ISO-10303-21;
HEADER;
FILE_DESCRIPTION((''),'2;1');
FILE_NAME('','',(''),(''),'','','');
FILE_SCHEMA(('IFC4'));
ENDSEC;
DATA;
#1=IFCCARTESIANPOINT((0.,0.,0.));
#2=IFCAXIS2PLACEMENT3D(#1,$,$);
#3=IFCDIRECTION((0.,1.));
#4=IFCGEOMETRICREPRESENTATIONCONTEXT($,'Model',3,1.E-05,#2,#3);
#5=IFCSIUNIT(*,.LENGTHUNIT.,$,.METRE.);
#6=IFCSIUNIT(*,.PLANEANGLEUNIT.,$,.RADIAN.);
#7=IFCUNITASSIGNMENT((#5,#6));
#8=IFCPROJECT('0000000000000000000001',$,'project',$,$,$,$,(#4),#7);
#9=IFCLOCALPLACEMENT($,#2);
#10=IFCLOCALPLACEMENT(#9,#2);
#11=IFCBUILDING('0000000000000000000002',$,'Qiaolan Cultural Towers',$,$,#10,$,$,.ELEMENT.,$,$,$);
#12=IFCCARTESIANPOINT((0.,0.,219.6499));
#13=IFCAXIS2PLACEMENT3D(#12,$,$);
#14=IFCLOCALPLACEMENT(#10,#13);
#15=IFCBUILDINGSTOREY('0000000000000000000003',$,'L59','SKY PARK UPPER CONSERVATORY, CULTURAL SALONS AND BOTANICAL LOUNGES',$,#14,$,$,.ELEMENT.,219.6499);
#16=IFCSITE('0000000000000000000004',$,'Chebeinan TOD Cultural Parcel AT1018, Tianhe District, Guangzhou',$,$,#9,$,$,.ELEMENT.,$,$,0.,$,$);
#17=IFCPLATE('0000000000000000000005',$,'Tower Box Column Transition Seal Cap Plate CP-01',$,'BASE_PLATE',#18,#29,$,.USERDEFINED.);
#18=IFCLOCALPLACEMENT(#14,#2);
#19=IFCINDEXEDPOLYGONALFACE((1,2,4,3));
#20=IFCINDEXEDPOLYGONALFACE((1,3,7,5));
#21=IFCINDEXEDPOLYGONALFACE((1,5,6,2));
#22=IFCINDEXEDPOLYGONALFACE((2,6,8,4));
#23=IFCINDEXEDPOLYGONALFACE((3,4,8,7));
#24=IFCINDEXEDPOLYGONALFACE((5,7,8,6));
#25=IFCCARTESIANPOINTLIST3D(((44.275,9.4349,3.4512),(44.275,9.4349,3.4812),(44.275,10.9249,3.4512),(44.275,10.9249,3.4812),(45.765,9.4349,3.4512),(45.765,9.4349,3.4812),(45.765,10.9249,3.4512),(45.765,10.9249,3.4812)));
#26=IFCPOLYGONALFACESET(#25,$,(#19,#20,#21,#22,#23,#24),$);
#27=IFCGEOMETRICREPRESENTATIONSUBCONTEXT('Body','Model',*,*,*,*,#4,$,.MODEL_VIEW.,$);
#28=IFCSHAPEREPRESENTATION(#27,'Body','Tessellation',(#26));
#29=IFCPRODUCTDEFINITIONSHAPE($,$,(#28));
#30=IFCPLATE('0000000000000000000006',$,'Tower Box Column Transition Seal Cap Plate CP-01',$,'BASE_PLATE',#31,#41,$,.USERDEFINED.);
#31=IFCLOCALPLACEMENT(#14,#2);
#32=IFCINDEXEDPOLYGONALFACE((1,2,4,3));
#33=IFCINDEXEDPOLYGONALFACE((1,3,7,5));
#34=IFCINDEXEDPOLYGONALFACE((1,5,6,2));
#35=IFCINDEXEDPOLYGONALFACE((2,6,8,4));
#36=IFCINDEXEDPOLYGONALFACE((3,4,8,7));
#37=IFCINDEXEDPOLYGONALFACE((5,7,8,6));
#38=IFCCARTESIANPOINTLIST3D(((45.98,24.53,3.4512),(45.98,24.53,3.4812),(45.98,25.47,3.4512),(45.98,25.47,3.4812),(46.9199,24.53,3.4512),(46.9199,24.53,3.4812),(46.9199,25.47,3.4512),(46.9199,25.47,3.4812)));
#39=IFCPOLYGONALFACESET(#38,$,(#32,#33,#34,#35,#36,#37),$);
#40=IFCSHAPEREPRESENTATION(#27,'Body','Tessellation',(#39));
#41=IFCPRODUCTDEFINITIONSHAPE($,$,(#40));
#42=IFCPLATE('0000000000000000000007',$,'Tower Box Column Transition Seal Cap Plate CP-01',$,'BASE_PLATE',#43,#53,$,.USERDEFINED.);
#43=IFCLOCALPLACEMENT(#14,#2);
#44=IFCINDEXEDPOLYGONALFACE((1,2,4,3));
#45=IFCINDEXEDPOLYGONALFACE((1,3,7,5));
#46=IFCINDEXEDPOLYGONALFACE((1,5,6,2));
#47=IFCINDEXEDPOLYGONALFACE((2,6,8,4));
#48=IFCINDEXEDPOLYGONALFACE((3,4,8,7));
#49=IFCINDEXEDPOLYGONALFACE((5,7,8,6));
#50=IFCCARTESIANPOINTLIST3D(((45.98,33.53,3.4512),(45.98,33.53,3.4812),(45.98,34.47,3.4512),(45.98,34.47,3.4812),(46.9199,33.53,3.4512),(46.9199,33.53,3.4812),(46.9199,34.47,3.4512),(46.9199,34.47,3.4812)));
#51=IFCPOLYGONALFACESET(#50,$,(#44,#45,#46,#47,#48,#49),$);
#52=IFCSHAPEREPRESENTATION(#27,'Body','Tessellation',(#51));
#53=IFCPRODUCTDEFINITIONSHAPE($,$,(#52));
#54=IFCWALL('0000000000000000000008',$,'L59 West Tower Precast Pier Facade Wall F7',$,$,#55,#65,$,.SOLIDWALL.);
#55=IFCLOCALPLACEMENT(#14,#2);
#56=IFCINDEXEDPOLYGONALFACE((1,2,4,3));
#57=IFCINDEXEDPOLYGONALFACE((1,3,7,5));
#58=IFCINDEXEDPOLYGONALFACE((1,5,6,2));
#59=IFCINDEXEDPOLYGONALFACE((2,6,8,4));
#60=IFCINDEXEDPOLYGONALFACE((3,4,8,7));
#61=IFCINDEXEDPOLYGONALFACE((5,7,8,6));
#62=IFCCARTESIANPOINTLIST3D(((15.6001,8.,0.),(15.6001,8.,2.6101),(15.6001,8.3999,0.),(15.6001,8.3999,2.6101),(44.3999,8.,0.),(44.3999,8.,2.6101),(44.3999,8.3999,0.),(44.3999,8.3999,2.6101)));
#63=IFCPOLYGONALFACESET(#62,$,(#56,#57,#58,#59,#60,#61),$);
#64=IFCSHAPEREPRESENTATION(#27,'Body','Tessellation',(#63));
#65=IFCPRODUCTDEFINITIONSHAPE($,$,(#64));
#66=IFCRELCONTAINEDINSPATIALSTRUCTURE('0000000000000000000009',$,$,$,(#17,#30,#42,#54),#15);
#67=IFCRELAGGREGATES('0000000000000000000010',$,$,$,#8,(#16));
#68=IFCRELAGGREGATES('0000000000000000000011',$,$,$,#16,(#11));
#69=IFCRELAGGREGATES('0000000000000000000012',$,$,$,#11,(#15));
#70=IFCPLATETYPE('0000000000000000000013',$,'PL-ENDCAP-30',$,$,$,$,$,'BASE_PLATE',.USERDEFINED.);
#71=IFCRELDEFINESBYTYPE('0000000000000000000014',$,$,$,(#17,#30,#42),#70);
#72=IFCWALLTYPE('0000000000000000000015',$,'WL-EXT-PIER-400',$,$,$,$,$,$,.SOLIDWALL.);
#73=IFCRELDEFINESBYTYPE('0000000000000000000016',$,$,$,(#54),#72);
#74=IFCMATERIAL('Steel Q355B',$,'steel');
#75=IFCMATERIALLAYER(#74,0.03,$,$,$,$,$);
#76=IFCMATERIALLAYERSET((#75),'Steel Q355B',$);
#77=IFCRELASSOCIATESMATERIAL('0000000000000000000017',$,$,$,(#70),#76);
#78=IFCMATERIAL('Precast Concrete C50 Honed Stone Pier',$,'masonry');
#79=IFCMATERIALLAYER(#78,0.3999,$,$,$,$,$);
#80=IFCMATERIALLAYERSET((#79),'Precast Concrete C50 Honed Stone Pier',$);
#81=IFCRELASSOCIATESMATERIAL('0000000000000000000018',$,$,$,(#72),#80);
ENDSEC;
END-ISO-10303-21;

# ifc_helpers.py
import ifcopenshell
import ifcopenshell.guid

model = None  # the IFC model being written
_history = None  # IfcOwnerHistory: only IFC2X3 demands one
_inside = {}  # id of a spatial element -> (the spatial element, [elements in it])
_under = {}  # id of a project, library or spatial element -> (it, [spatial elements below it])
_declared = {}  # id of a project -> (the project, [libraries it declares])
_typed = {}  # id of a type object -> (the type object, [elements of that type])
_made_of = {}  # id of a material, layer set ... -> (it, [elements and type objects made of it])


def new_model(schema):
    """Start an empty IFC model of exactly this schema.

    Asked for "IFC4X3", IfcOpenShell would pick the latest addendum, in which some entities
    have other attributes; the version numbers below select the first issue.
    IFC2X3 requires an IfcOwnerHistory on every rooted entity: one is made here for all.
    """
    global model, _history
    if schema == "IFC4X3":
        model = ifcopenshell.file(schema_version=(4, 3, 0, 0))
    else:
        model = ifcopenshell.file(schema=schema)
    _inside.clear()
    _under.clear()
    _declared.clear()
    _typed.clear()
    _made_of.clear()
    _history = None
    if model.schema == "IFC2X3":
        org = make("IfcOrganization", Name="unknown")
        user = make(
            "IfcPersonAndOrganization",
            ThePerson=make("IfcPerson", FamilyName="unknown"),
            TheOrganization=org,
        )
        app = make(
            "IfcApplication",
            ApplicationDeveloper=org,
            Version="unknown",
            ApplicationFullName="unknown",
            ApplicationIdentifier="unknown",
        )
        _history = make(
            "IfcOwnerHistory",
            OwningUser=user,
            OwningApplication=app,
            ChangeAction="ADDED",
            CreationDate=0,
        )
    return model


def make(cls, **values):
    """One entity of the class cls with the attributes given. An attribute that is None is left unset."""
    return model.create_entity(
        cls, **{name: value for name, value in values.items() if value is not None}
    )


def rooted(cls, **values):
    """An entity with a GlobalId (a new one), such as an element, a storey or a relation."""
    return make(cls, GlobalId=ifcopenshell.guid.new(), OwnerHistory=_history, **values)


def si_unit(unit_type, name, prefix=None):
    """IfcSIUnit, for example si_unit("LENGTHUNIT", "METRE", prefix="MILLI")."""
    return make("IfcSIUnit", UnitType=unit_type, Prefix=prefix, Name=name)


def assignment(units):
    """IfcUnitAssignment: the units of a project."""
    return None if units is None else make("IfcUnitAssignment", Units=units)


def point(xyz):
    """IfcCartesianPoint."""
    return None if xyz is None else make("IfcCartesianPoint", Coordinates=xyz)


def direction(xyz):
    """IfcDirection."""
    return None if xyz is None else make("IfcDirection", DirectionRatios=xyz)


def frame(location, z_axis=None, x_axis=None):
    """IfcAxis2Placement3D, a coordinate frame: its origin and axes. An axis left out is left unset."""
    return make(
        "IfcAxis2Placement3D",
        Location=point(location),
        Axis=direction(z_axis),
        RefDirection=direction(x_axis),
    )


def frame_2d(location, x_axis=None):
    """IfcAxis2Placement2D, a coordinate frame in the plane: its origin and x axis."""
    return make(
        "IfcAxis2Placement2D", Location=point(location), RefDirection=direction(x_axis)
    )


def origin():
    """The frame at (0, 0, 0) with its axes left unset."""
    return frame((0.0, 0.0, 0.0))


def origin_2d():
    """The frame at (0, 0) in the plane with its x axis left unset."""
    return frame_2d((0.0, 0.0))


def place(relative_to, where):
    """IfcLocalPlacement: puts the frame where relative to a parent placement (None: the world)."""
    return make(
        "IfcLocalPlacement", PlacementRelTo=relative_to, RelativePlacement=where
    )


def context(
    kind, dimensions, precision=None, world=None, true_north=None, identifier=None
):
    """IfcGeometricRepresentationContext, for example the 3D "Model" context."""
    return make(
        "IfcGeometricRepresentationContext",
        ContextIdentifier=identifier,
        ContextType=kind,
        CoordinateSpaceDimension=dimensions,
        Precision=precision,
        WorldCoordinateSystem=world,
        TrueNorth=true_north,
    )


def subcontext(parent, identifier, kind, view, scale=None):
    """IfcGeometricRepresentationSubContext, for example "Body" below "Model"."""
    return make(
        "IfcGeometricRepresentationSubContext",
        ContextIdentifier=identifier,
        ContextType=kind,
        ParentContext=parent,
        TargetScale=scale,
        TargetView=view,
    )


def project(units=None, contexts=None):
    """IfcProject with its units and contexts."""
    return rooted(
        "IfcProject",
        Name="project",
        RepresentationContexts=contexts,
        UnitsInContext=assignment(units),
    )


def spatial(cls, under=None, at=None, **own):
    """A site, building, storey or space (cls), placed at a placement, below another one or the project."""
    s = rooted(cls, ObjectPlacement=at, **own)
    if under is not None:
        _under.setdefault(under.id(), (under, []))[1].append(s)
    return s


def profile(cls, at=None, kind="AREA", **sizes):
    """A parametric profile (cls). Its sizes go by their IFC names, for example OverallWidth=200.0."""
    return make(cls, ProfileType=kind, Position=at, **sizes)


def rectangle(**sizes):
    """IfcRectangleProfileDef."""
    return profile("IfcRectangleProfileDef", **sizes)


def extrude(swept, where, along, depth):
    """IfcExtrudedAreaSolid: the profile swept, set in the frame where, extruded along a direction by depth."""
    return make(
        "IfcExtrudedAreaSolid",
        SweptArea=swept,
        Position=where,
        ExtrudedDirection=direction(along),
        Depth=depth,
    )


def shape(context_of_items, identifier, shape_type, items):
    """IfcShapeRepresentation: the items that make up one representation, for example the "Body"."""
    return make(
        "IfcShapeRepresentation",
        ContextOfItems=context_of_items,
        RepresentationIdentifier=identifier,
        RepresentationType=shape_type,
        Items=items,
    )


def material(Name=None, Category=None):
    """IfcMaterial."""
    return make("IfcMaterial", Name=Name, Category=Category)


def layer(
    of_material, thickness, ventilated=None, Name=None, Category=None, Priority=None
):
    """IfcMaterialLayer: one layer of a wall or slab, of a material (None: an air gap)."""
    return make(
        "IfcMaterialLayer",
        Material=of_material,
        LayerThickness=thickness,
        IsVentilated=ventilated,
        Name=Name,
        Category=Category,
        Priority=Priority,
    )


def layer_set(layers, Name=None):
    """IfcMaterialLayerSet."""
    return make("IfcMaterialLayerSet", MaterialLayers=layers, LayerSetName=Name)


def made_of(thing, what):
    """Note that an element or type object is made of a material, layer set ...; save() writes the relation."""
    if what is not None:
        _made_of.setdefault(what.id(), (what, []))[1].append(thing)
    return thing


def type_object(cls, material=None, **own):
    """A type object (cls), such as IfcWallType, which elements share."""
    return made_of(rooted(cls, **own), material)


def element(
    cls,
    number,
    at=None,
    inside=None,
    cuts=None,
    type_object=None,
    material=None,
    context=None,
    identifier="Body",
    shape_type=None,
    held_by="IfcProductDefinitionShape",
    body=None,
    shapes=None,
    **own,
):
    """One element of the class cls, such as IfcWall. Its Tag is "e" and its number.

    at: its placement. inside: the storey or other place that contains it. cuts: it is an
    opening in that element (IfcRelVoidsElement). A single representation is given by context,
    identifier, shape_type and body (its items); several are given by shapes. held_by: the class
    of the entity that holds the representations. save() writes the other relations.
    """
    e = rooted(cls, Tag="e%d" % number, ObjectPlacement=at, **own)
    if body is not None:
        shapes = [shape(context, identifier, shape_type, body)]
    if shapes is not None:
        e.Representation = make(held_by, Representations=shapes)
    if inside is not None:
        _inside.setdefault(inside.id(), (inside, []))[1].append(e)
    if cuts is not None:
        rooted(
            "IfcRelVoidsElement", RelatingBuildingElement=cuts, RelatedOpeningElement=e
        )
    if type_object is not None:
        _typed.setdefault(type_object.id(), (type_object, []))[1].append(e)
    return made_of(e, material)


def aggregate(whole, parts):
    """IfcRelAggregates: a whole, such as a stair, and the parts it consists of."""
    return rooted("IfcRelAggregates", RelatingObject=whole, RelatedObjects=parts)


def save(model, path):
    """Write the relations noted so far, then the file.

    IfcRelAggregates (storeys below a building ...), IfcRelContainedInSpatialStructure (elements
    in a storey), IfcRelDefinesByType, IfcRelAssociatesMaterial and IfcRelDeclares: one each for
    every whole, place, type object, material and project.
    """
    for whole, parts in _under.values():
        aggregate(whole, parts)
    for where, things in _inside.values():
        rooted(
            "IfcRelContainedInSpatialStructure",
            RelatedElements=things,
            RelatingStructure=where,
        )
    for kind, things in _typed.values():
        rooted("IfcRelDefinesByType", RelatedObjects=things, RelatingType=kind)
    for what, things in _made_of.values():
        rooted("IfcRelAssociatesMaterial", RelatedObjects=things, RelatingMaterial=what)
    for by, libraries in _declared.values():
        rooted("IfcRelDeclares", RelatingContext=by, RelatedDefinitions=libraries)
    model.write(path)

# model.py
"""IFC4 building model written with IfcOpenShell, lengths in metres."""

from ifc_helpers import new_model, si_unit, direction, frame, frame_2d, origin, origin_2d, place, context, subcontext, project, spatial, rectangle, extrude, material, layer, layer_set, type_object, element, save


model = new_model("IFC4")

# Units and contexts
model_context = context("Model", 3, precision=1e-05, world=origin(), true_north=direction((0.0, 1.0)))
body_context = subcontext(model_context, "Body", "Model", "MODEL_VIEW")
ifc_project = project(units=[si_unit("LENGTHUNIT", "METRE"), si_unit("PLANEANGLEUNIT", "RADIAN")], contexts=[model_context])

# Site, building, storey
site_placement = place(None, origin())
site = spatial("IfcSite", under=ifc_project, at=site_placement, Name="Chebeinan TOD Cultural Parcel AT1018, Tianhe District, Guangzhou", CompositionType="ELEMENT", RefElevation=0.0)
building_placement = place(site_placement, origin())
building = spatial("IfcBuilding", under=site, at=building_placement, Name="Qiaolan Cultural Towers", CompositionType="ELEMENT")
storey_placement = place(building_placement, frame((0.0, 0.0, 219.6499)))
storey = spatial("IfcBuildingStorey", under=building, at=storey_placement, Name="L59", Description="SKY PARK UPPER CONSERVATORY, CULTURAL SALONS AND BOTANICAL LOUNGES", CompositionType="ELEMENT", Elevation=219.6499)

# Plates
ifc_material_1 = material(Name="Steel Q355B", Category="steel")
ifc_layer_1 = layer(ifc_material_1, 0.03)
ifc_layer_set_1 = layer_set([ifc_layer_1], Name="Steel Q355B")
plate_type_1 = type_object("IfcPlateType", Name="PL-ENDCAP-30", ElementType="BASE_PLATE", PredefinedType="USERDEFINED", material=ifc_layer_set_1)
plate_placement = place(storey_placement, frame((45.02, 10.1799, 3.4512), z_axis=(0.0, 0.0, 1.0), x_axis=(1.0, 0.0, 0.0)))
element("IfcPlate", 1, at=plate_placement, inside=storey, type_object=plate_type_1, Name="Tower Box Column Transition Seal Cap Plate CP-01", ObjectType="BASE_PLATE", PredefinedType="USERDEFINED", context=body_context, shape_type="SweptSolid", body=[
    extrude(rectangle(XDim=1.49, YDim=1.49, at=origin_2d()), origin(), (0.0, 0.0, 1.0), 0.03),
])
for number, where, z_axis, x_axis, name in (
    (2, (46.45, 25.0, 3.4512), (0.0, 0.0, 1.0), (1.0, 0.0, 0.0), "Tower Box Column Transition Seal Cap Plate CP-01"),
    (3, (46.45, 34.0, 3.4512), (0.0, 0.0, 1.0), (1.0, 0.0, 0.0), "Tower Box Column Transition Seal Cap Plate CP-01"),
):
    element("IfcPlate", number, at=place(storey_placement, frame(where, z_axis=z_axis, x_axis=x_axis)), inside=storey, type_object=plate_type_1, Name=name, ObjectType="BASE_PLATE", PredefinedType="USERDEFINED", context=body_context, shape_type="SweptSolid", body=[
        extrude(rectangle(XDim=0.9399, YDim=0.9399, at=origin_2d()), origin(), (0.0, 0.0, 1.0), 0.03),
    ])

# Wall
ifc_material_2 = material(Name="Precast Concrete C50 Honed Stone Pier", Category="masonry")
ifc_layer_2 = layer(ifc_material_2, 0.3999)
ifc_layer_set_2 = layer_set([ifc_layer_2], Name="Precast Concrete C50 Honed Stone Pier")
wall_type = type_object("IfcWallType", Name="WL-EXT-PIER-400", PredefinedType="SOLIDWALL", material=ifc_layer_set_2)
wall_placement = place(storey_placement, frame((44.3999, 8.2, 0.0), z_axis=(0.0, 0.0, 1.0), x_axis=(-1.0, 0.0, 0.0)))
element("IfcWall", 4, at=wall_placement, inside=storey, type_object=wall_type, Name="L59 West Tower Precast Pier Facade Wall F7", PredefinedType="SOLIDWALL", context=body_context, shape_type="SweptSolid", body=[
    extrude(rectangle(XDim=28.7998, YDim=0.3999, at=frame_2d((14.3999, 0.0))), origin(), (0.0, 0.0, 1.0), 2.6101),
])

save(model, "model.ifc")
